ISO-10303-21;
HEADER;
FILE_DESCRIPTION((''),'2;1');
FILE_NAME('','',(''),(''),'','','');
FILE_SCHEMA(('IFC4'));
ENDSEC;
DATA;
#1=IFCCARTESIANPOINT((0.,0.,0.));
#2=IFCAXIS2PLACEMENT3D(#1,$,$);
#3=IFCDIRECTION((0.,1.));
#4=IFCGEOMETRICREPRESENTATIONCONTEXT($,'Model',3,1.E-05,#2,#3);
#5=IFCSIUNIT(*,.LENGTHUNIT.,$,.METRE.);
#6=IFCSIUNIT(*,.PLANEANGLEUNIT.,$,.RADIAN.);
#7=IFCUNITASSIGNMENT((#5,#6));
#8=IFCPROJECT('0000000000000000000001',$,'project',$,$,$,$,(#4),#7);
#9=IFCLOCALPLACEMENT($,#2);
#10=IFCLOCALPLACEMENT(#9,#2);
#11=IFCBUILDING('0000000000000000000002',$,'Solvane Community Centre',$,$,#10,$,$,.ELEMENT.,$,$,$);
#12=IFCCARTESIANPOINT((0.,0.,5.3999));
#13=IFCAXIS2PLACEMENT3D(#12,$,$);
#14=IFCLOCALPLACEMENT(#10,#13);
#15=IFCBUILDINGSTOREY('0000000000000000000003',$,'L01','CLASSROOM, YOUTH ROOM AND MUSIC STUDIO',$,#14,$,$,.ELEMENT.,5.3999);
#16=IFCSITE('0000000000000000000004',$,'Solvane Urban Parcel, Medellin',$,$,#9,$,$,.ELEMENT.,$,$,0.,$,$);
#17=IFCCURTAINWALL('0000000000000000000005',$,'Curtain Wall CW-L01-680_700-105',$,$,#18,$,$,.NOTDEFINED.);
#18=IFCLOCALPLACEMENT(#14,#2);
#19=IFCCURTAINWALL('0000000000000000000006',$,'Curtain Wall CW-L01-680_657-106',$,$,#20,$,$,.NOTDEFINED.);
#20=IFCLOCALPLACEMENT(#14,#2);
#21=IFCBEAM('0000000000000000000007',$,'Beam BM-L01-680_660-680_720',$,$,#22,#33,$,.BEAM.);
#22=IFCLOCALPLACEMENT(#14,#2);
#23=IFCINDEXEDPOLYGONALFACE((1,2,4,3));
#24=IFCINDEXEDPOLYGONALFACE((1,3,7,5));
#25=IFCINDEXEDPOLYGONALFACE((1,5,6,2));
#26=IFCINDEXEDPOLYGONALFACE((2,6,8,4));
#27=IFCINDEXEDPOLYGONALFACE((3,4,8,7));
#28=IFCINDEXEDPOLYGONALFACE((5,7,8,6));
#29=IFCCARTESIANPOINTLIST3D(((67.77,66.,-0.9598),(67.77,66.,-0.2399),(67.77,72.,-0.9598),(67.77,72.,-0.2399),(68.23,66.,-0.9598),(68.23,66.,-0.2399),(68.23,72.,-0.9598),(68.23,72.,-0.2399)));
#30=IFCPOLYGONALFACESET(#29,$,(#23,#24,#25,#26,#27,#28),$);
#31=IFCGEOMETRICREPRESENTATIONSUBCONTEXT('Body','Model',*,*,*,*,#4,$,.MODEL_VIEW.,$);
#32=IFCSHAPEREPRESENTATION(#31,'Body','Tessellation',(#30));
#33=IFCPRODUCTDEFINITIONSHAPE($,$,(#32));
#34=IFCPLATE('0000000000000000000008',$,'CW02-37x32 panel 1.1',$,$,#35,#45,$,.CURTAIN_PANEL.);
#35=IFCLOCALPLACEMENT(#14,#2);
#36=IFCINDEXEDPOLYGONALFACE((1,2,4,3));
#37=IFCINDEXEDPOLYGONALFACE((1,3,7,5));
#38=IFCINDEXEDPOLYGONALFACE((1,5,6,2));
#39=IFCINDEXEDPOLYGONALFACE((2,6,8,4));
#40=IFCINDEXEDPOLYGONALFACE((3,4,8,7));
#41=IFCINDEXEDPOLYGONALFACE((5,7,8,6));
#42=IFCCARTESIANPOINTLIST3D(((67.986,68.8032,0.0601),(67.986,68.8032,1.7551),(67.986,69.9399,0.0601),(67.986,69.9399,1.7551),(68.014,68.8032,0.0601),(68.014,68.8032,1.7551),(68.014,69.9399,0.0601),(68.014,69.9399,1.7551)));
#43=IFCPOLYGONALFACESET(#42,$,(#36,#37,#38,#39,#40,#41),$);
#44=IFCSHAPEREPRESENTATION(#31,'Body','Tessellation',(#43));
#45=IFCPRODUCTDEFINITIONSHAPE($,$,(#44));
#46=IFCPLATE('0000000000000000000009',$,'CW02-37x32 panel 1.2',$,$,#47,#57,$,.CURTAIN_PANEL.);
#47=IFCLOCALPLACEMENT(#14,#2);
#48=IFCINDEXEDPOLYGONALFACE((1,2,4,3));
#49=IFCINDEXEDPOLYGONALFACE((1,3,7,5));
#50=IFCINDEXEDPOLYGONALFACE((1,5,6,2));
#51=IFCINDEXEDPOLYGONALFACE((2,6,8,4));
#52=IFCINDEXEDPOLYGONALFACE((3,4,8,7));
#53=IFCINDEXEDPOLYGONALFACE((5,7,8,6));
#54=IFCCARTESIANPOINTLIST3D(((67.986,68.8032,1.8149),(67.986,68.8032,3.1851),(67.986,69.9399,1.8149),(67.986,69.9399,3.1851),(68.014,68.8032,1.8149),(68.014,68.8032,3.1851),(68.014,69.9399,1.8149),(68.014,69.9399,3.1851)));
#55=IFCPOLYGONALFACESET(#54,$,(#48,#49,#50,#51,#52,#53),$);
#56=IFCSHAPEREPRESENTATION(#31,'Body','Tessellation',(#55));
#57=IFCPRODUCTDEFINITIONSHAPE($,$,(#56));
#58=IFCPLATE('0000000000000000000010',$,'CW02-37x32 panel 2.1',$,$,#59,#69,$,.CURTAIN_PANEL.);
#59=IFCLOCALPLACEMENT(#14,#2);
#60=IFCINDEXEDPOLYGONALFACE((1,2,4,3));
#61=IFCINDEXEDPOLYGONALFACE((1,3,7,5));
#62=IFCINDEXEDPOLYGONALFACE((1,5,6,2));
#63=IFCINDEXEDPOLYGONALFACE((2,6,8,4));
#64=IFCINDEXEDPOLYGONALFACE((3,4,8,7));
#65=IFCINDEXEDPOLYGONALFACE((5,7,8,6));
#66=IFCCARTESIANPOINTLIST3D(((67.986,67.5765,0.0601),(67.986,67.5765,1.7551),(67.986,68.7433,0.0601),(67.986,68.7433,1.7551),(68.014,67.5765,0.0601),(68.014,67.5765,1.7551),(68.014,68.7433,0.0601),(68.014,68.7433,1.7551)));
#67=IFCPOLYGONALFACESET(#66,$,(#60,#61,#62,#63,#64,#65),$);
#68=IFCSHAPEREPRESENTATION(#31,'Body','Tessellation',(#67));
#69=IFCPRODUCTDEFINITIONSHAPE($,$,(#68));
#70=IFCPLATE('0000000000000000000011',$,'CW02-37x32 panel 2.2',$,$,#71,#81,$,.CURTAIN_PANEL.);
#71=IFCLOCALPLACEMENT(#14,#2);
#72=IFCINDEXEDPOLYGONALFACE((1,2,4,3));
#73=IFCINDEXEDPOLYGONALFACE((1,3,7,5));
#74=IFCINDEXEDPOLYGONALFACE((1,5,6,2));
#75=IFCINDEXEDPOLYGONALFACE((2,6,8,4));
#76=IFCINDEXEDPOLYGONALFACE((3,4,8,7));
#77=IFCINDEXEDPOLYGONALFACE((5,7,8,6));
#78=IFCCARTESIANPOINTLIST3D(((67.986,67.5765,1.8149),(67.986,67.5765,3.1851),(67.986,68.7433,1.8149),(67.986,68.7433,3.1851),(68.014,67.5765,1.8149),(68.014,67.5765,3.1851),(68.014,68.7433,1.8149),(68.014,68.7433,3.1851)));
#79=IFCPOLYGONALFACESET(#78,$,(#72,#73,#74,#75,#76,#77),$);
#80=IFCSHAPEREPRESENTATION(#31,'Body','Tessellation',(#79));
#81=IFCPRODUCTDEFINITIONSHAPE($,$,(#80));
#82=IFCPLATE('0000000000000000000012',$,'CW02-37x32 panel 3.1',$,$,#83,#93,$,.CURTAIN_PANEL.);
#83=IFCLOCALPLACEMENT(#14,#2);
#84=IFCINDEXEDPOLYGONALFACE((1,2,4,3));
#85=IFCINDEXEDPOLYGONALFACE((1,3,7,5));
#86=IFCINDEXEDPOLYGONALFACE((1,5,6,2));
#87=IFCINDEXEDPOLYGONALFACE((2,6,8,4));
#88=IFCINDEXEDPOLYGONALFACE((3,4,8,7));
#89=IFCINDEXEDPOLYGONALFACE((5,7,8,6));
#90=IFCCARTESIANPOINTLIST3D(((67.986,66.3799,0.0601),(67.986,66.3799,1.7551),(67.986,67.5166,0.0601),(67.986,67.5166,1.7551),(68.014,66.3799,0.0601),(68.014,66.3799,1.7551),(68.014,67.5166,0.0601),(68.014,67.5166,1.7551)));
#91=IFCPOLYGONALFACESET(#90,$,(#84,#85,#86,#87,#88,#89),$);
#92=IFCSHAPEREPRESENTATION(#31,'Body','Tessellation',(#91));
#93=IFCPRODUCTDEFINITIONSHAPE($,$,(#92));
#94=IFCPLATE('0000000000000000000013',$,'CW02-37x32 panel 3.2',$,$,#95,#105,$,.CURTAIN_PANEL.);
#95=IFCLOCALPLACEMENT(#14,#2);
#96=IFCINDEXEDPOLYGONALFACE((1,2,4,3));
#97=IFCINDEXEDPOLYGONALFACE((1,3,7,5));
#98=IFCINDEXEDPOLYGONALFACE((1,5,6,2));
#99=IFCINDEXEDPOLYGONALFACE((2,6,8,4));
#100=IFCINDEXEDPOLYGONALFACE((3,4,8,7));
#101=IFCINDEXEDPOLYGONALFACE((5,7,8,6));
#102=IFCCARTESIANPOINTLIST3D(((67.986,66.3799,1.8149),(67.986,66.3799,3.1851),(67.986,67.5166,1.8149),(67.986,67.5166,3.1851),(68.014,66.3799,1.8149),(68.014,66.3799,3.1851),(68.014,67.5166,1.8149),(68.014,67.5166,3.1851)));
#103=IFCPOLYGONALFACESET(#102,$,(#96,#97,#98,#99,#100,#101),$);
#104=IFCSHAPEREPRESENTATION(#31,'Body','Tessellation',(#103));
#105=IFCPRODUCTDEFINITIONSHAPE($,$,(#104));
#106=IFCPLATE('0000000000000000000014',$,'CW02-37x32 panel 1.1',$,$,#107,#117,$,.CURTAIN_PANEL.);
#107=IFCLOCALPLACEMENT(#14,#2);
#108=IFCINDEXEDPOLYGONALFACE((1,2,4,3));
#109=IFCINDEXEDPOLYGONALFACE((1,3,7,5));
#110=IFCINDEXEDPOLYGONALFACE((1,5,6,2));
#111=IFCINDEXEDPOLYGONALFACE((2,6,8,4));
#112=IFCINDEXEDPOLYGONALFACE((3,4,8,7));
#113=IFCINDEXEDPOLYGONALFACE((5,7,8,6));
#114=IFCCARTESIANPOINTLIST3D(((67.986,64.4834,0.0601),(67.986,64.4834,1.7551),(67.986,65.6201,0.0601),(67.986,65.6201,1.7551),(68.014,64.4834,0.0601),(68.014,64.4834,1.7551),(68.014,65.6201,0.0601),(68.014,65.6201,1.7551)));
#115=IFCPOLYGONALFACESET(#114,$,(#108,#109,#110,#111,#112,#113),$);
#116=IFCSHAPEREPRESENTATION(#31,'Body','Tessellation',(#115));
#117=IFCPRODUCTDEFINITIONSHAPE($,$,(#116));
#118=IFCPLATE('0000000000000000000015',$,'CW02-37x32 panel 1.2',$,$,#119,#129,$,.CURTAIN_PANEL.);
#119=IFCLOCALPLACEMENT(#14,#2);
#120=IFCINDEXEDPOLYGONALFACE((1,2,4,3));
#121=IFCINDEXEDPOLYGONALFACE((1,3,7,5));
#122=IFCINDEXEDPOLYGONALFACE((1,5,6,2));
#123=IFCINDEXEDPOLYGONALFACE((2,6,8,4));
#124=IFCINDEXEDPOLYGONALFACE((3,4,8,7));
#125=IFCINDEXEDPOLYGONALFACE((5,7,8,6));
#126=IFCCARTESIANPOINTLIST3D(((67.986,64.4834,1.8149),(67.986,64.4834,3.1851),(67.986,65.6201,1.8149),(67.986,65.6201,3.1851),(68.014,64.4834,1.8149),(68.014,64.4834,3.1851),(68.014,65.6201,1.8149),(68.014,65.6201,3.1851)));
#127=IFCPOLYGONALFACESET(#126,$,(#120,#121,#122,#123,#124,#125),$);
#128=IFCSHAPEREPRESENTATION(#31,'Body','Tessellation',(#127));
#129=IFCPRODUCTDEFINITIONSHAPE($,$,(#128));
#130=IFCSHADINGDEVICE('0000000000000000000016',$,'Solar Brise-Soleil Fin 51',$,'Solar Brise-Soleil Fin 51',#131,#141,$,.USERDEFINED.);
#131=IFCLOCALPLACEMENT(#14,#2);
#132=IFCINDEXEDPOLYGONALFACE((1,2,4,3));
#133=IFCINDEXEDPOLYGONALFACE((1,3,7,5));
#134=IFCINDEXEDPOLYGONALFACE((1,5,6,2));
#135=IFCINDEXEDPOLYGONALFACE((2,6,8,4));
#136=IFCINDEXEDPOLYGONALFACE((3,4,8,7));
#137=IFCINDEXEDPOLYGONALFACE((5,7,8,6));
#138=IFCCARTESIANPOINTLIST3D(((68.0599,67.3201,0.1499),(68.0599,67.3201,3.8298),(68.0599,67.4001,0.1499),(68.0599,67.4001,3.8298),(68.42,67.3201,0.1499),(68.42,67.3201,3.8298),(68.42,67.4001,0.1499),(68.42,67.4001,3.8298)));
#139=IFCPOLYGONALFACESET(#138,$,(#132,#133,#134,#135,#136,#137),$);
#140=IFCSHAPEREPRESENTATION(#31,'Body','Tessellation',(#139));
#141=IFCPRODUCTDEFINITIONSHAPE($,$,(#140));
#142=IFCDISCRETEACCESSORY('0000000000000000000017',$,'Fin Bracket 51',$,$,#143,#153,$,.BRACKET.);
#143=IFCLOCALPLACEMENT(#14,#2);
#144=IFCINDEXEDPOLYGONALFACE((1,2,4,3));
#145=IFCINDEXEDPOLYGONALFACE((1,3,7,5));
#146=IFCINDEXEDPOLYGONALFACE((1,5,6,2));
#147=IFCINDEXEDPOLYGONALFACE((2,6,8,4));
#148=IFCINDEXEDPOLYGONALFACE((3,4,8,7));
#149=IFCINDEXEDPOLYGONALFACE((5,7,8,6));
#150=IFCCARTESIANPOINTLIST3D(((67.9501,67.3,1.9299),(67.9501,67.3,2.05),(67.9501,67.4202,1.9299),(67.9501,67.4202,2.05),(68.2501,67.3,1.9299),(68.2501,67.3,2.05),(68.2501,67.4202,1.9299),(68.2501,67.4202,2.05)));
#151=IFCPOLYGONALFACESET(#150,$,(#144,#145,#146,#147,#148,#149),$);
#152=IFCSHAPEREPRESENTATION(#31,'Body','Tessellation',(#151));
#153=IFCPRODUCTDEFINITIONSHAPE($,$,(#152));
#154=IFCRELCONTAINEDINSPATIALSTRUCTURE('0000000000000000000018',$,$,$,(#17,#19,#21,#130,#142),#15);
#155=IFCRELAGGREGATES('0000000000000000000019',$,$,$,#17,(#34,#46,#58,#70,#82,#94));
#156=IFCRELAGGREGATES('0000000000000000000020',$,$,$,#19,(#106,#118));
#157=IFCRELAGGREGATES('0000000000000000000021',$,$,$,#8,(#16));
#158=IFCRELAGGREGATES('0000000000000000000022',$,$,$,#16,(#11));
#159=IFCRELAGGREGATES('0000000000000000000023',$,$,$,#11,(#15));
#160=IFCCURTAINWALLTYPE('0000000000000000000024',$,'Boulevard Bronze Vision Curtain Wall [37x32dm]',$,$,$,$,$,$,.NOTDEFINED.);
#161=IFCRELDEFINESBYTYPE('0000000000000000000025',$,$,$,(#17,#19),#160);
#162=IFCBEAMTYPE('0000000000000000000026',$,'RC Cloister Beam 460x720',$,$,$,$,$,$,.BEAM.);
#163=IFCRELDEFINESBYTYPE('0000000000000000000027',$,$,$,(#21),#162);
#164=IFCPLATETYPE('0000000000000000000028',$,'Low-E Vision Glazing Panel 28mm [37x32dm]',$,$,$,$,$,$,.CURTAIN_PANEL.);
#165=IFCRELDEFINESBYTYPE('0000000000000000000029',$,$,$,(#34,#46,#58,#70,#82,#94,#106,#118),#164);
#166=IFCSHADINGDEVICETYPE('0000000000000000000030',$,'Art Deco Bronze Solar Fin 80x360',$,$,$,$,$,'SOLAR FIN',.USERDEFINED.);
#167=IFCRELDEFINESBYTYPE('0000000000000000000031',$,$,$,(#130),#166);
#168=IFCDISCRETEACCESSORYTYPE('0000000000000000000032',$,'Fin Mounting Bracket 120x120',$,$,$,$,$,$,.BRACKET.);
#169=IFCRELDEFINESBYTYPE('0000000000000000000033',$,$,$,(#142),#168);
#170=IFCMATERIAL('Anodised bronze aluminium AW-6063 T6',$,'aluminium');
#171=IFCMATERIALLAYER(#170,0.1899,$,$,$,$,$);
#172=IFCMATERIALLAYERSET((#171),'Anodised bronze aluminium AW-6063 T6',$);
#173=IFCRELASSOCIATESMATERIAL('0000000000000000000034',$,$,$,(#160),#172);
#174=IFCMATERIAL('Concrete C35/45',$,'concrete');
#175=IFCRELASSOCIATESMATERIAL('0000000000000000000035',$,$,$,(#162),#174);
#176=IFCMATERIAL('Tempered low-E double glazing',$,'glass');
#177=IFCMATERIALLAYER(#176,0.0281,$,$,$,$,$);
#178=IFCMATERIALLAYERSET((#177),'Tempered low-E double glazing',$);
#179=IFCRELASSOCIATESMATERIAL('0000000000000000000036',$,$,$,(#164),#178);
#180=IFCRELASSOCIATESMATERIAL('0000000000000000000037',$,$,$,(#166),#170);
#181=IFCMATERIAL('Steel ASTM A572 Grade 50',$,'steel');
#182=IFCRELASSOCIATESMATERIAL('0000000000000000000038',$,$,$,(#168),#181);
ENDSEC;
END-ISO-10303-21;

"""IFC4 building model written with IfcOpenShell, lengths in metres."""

from ifc_helpers import new_model, si_unit, direction, frame, origin, origin_2d, place, context, subcontext, project, spatial, rectangle, extrude, material, layer, layer_set, material_profile, profile_set, type_object, element, aggregate, save


model = new_model("IFC4")

# Units and contexts
model_context = context("Model", 3, precision=1e-05, world=origin(), true_north=direction((0.0, 1.0)))
body_context = subcontext(model_context, "Body", "Model", "MODEL_VIEW")
ifc_project = project(units=[si_unit("LENGTHUNIT", "METRE"), si_unit("PLANEANGLEUNIT", "RADIAN")], contexts=[model_context])

# Site, building, storey
site_placement = place(None, origin())
site = spatial("IfcSite", under=ifc_project, at=site_placement, Name="Solvane Urban Parcel, Medellin", CompositionType="ELEMENT", RefElevation=0.0)
building_placement = place(site_placement, origin())
building = spatial("IfcBuilding", under=site, at=building_placement, Name="Solvane Community Centre", CompositionType="ELEMENT")
storey_placement = place(building_placement, frame((0.0, 0.0, 5.3999)))
storey = spatial("IfcBuildingStorey", under=building, at=storey_placement, Name="L01", Description="CLASSROOM, YOUTH ROOM AND MUSIC STUDIO", CompositionType="ELEMENT", Elevation=5.3999)

# Shared definitions
ifc_material_1 = material(Name="Concrete C35/45", Category="concrete")

# Curtain wall
ifc_material_2 = material(Name="Anodised bronze aluminium AW-6063 T6", Category="aluminium")
ifc_layer_1 = layer(ifc_material_2, 0.1899)
ifc_layer_set_1 = layer_set([ifc_layer_1], Name="Anodised bronze aluminium AW-6063 T6")
curtain_wall_type = type_object("IfcCurtainWallType", Name="Boulevard Bronze Vision Curtain Wall [37x32dm]", PredefinedType="NOTDEFINED", material=ifc_layer_set_1)
curtain_wall_1_placement = place(storey_placement, origin())
curtain_wall_1 = element("IfcCurtainWall", 1, at=curtain_wall_1_placement, inside=storey, type_object=curtain_wall_type, Name="Curtain Wall CW-L01-680_700-105", PredefinedType="NOTDEFINED")

# Curtain wall
curtain_wall_2_placement = place(storey_placement, origin())
curtain_wall_2 = element("IfcCurtainWall", 2, at=curtain_wall_2_placement, inside=storey, type_object=curtain_wall_type, Name="Curtain Wall CW-L01-680_657-106", PredefinedType="NOTDEFINED")

# Beam
ifc_material_profile_1 = material_profile(ifc_material_1, rectangle(XDim=0.46, YDim=0.72, at=origin_2d()), Name="RC 460x720")
ifc_profile_set_1 = profile_set([ifc_material_profile_1], Name="Concrete C35/45")
beam_type = type_object("IfcBeamType", Name="RC Cloister Beam 460x720", PredefinedType="BEAM", material=ifc_profile_set_1)
beam_placement = place(storey_placement, frame((68.0, 66.0, -0.5999), z_axis=(0.0, 1.0, 0.0), x_axis=(-1.0, 0.0, 0.0)))
element("IfcBeam", 3, at=beam_placement, inside=storey, type_object=beam_type, Name="Beam BM-L01-680_660-680_720", PredefinedType="BEAM", context=body_context, shape_type="SweptSolid", body=[
    extrude(rectangle(XDim=0.46, YDim=0.72, at=origin_2d()), origin(), (0.0, 0.0, 1.0), 6.0),
])

# Plates
ifc_material_3 = material(Name="Tempered low-E double glazing", Category="glass")
ifc_layer_2 = layer(ifc_material_3, 0.0281)
ifc_layer_set_2 = layer_set([ifc_layer_2], Name="Tempered low-E double glazing")
plate_type = type_object("IfcPlateType", Name="Low-E Vision Glazing Panel 28mm [37x32dm]", PredefinedType="CURTAIN_PANEL", material=ifc_layer_set_2)
plate_1_placement = place(storey_placement, frame((68.0, 69.3716, 0.0601), z_axis=(0.0, 0.0, 1.0), x_axis=(0.0, -1.0, 0.0)))
plate_1 = element("IfcPlate", 4, at=plate_1_placement, type_object=plate_type, Name="CW02-37x32 panel 1.1", PredefinedType="CURTAIN_PANEL", context=body_context, shape_type="SweptSolid", body=[
    extrude(rectangle(XDim=1.1367, YDim=0.0281, at=origin_2d()), origin(), (0.0, 0.0, 1.0), 1.6951),
])
plate_2_placement = place(storey_placement, frame((68.0, 69.3716, 1.8149), z_axis=(0.0, 0.0, 1.0), x_axis=(0.0, -1.0, 0.0)))
plate_2 = element("IfcPlate", 5, at=plate_2_placement, type_object=plate_type, Name="CW02-37x32 panel 1.2", PredefinedType="CURTAIN_PANEL", context=body_context, shape_type="SweptSolid", body=[
    extrude(rectangle(XDim=1.1367, YDim=0.0281, at=origin_2d()), origin(), (0.0, 0.0, 1.0), 1.3701),
])
plate_3_placement = place(storey_placement, frame((68.0, 68.1599, 0.0601), z_axis=(0.0, 0.0, 1.0), x_axis=(0.0, -1.0, 0.0)))
plate_3 = element("IfcPlate", 6, at=plate_3_placement, type_object=plate_type, Name="CW02-37x32 panel 2.1", PredefinedType="CURTAIN_PANEL", context=body_context, shape_type="SweptSolid", body=[
    extrude(rectangle(XDim=1.1667, YDim=0.0281, at=origin_2d()), origin(), (0.0, 0.0, 1.0), 1.6951),
])
plate_4_placement = place(storey_placement, frame((68.0, 68.1599, 1.8149), z_axis=(0.0, 0.0, 1.0), x_axis=(0.0, -1.0, 0.0)))
plate_4 = element("IfcPlate", 7, at=plate_4_placement, type_object=plate_type, Name="CW02-37x32 panel 2.2", PredefinedType="CURTAIN_PANEL", context=body_context, shape_type="SweptSolid", body=[
    extrude(rectangle(XDim=1.1667, YDim=0.0281, at=origin_2d()), origin(), (0.0, 0.0, 1.0), 1.3701),
])
plate_5_placement = place(storey_placement, frame((68.0, 66.9482, 0.0601), z_axis=(0.0, 0.0, 1.0), x_axis=(0.0, -1.0, 0.0)))
plate_5 = element("IfcPlate", 8, at=plate_5_placement, type_object=plate_type, Name="CW02-37x32 panel 3.1", PredefinedType="CURTAIN_PANEL", context=body_context, shape_type="SweptSolid", body=[
    extrude(rectangle(XDim=1.1367, YDim=0.0281, at=origin_2d()), origin(), (0.0, 0.0, 1.0), 1.6951),
])
plate_6_placement = place(storey_placement, frame((68.0, 66.9482, 1.8149), z_axis=(0.0, 0.0, 1.0), x_axis=(0.0, -1.0, 0.0)))
plate_6 = element("IfcPlate", 9, at=plate_6_placement, type_object=plate_type, Name="CW02-37x32 panel 3.2", PredefinedType="CURTAIN_PANEL", context=body_context, shape_type="SweptSolid", body=[
    extrude(rectangle(XDim=1.1367, YDim=0.0281, at=origin_2d()), origin(), (0.0, 0.0, 1.0), 1.3701),
])
aggregate(curtain_wall_1, [plate_1, plate_2, plate_3, plate_4, plate_5, plate_6])
plate_7_placement = place(storey_placement, frame((68.0, 65.0518, 0.0601), z_axis=(0.0, 0.0, 1.0), x_axis=(0.0, -1.0, 0.0)))
plate_7 = element("IfcPlate", 10, at=plate_7_placement, type_object=plate_type, Name="CW02-37x32 panel 1.1", PredefinedType="CURTAIN_PANEL", context=body_context, shape_type="SweptSolid", body=[
    extrude(rectangle(XDim=1.1367, YDim=0.0281, at=origin_2d()), origin(), (0.0, 0.0, 1.0), 1.6951),
])
plate_8_placement = place(storey_placement, frame((68.0, 65.0518, 1.8149), z_axis=(0.0, 0.0, 1.0), x_axis=(0.0, -1.0, 0.0)))
plate_8 = element("IfcPlate", 11, at=plate_8_placement, type_object=plate_type, Name="CW02-37x32 panel 1.2", PredefinedType="CURTAIN_PANEL", context=body_context, shape_type="SweptSolid", body=[
    extrude(rectangle(XDim=1.1367, YDim=0.0281, at=origin_2d()), origin(), (0.0, 0.0, 1.0), 1.3701),
])
aggregate(curtain_wall_2, [plate_7, plate_8])

# Shading device
shading_device_type = type_object("IfcShadingDeviceType", Name="Art Deco Bronze Solar Fin 80x360", ElementType="SOLAR FIN", PredefinedType="USERDEFINED", material=ifc_material_2)
shading_device_placement = place(storey_placement, frame((68.24, 67.3601, 0.1499), z_axis=(0.0, 0.0, 1.0), x_axis=(0.0, -1.0, 0.0)))
element("IfcShadingDevice", 12, at=shading_device_placement, inside=storey, type_object=shading_device_type, Name="Solar Brise-Soleil Fin 51", ObjectType="Solar Brise-Soleil Fin 51", PredefinedType="USERDEFINED", context=body_context, shape_type="SweptSolid", body=[
    extrude(rectangle(XDim=0.0801, YDim=0.3601, at=origin_2d()), origin(), (0.0, 0.0, 1.0), 3.6799),
])

# Discrete accessory
ifc_material_4 = material(Name="Steel ASTM A572 Grade 50", Category="steel")
discrete_accessory_type = type_object("IfcDiscreteAccessoryType", Name="Fin Mounting Bracket 120x120", PredefinedType="BRACKET", material=ifc_material_4)
discrete_accessory_placement = place(storey_placement, frame((68.1001, 67.3601, 1.9299), z_axis=(0.0, 0.0, 1.0), x_axis=(0.0, -1.0, 0.0)))
element("IfcDiscreteAccessory", 13, at=discrete_accessory_placement, inside=storey, type_object=discrete_accessory_type, Name="Fin Bracket 51", PredefinedType="BRACKET", context=body_context, shape_type="SweptSolid", body=[
    extrude(rectangle(XDim=0.1201, YDim=0.3, at=origin_2d()), origin(), (0.0, 0.0, 1.0), 0.1201),
])

save(model, "model.ifc")
